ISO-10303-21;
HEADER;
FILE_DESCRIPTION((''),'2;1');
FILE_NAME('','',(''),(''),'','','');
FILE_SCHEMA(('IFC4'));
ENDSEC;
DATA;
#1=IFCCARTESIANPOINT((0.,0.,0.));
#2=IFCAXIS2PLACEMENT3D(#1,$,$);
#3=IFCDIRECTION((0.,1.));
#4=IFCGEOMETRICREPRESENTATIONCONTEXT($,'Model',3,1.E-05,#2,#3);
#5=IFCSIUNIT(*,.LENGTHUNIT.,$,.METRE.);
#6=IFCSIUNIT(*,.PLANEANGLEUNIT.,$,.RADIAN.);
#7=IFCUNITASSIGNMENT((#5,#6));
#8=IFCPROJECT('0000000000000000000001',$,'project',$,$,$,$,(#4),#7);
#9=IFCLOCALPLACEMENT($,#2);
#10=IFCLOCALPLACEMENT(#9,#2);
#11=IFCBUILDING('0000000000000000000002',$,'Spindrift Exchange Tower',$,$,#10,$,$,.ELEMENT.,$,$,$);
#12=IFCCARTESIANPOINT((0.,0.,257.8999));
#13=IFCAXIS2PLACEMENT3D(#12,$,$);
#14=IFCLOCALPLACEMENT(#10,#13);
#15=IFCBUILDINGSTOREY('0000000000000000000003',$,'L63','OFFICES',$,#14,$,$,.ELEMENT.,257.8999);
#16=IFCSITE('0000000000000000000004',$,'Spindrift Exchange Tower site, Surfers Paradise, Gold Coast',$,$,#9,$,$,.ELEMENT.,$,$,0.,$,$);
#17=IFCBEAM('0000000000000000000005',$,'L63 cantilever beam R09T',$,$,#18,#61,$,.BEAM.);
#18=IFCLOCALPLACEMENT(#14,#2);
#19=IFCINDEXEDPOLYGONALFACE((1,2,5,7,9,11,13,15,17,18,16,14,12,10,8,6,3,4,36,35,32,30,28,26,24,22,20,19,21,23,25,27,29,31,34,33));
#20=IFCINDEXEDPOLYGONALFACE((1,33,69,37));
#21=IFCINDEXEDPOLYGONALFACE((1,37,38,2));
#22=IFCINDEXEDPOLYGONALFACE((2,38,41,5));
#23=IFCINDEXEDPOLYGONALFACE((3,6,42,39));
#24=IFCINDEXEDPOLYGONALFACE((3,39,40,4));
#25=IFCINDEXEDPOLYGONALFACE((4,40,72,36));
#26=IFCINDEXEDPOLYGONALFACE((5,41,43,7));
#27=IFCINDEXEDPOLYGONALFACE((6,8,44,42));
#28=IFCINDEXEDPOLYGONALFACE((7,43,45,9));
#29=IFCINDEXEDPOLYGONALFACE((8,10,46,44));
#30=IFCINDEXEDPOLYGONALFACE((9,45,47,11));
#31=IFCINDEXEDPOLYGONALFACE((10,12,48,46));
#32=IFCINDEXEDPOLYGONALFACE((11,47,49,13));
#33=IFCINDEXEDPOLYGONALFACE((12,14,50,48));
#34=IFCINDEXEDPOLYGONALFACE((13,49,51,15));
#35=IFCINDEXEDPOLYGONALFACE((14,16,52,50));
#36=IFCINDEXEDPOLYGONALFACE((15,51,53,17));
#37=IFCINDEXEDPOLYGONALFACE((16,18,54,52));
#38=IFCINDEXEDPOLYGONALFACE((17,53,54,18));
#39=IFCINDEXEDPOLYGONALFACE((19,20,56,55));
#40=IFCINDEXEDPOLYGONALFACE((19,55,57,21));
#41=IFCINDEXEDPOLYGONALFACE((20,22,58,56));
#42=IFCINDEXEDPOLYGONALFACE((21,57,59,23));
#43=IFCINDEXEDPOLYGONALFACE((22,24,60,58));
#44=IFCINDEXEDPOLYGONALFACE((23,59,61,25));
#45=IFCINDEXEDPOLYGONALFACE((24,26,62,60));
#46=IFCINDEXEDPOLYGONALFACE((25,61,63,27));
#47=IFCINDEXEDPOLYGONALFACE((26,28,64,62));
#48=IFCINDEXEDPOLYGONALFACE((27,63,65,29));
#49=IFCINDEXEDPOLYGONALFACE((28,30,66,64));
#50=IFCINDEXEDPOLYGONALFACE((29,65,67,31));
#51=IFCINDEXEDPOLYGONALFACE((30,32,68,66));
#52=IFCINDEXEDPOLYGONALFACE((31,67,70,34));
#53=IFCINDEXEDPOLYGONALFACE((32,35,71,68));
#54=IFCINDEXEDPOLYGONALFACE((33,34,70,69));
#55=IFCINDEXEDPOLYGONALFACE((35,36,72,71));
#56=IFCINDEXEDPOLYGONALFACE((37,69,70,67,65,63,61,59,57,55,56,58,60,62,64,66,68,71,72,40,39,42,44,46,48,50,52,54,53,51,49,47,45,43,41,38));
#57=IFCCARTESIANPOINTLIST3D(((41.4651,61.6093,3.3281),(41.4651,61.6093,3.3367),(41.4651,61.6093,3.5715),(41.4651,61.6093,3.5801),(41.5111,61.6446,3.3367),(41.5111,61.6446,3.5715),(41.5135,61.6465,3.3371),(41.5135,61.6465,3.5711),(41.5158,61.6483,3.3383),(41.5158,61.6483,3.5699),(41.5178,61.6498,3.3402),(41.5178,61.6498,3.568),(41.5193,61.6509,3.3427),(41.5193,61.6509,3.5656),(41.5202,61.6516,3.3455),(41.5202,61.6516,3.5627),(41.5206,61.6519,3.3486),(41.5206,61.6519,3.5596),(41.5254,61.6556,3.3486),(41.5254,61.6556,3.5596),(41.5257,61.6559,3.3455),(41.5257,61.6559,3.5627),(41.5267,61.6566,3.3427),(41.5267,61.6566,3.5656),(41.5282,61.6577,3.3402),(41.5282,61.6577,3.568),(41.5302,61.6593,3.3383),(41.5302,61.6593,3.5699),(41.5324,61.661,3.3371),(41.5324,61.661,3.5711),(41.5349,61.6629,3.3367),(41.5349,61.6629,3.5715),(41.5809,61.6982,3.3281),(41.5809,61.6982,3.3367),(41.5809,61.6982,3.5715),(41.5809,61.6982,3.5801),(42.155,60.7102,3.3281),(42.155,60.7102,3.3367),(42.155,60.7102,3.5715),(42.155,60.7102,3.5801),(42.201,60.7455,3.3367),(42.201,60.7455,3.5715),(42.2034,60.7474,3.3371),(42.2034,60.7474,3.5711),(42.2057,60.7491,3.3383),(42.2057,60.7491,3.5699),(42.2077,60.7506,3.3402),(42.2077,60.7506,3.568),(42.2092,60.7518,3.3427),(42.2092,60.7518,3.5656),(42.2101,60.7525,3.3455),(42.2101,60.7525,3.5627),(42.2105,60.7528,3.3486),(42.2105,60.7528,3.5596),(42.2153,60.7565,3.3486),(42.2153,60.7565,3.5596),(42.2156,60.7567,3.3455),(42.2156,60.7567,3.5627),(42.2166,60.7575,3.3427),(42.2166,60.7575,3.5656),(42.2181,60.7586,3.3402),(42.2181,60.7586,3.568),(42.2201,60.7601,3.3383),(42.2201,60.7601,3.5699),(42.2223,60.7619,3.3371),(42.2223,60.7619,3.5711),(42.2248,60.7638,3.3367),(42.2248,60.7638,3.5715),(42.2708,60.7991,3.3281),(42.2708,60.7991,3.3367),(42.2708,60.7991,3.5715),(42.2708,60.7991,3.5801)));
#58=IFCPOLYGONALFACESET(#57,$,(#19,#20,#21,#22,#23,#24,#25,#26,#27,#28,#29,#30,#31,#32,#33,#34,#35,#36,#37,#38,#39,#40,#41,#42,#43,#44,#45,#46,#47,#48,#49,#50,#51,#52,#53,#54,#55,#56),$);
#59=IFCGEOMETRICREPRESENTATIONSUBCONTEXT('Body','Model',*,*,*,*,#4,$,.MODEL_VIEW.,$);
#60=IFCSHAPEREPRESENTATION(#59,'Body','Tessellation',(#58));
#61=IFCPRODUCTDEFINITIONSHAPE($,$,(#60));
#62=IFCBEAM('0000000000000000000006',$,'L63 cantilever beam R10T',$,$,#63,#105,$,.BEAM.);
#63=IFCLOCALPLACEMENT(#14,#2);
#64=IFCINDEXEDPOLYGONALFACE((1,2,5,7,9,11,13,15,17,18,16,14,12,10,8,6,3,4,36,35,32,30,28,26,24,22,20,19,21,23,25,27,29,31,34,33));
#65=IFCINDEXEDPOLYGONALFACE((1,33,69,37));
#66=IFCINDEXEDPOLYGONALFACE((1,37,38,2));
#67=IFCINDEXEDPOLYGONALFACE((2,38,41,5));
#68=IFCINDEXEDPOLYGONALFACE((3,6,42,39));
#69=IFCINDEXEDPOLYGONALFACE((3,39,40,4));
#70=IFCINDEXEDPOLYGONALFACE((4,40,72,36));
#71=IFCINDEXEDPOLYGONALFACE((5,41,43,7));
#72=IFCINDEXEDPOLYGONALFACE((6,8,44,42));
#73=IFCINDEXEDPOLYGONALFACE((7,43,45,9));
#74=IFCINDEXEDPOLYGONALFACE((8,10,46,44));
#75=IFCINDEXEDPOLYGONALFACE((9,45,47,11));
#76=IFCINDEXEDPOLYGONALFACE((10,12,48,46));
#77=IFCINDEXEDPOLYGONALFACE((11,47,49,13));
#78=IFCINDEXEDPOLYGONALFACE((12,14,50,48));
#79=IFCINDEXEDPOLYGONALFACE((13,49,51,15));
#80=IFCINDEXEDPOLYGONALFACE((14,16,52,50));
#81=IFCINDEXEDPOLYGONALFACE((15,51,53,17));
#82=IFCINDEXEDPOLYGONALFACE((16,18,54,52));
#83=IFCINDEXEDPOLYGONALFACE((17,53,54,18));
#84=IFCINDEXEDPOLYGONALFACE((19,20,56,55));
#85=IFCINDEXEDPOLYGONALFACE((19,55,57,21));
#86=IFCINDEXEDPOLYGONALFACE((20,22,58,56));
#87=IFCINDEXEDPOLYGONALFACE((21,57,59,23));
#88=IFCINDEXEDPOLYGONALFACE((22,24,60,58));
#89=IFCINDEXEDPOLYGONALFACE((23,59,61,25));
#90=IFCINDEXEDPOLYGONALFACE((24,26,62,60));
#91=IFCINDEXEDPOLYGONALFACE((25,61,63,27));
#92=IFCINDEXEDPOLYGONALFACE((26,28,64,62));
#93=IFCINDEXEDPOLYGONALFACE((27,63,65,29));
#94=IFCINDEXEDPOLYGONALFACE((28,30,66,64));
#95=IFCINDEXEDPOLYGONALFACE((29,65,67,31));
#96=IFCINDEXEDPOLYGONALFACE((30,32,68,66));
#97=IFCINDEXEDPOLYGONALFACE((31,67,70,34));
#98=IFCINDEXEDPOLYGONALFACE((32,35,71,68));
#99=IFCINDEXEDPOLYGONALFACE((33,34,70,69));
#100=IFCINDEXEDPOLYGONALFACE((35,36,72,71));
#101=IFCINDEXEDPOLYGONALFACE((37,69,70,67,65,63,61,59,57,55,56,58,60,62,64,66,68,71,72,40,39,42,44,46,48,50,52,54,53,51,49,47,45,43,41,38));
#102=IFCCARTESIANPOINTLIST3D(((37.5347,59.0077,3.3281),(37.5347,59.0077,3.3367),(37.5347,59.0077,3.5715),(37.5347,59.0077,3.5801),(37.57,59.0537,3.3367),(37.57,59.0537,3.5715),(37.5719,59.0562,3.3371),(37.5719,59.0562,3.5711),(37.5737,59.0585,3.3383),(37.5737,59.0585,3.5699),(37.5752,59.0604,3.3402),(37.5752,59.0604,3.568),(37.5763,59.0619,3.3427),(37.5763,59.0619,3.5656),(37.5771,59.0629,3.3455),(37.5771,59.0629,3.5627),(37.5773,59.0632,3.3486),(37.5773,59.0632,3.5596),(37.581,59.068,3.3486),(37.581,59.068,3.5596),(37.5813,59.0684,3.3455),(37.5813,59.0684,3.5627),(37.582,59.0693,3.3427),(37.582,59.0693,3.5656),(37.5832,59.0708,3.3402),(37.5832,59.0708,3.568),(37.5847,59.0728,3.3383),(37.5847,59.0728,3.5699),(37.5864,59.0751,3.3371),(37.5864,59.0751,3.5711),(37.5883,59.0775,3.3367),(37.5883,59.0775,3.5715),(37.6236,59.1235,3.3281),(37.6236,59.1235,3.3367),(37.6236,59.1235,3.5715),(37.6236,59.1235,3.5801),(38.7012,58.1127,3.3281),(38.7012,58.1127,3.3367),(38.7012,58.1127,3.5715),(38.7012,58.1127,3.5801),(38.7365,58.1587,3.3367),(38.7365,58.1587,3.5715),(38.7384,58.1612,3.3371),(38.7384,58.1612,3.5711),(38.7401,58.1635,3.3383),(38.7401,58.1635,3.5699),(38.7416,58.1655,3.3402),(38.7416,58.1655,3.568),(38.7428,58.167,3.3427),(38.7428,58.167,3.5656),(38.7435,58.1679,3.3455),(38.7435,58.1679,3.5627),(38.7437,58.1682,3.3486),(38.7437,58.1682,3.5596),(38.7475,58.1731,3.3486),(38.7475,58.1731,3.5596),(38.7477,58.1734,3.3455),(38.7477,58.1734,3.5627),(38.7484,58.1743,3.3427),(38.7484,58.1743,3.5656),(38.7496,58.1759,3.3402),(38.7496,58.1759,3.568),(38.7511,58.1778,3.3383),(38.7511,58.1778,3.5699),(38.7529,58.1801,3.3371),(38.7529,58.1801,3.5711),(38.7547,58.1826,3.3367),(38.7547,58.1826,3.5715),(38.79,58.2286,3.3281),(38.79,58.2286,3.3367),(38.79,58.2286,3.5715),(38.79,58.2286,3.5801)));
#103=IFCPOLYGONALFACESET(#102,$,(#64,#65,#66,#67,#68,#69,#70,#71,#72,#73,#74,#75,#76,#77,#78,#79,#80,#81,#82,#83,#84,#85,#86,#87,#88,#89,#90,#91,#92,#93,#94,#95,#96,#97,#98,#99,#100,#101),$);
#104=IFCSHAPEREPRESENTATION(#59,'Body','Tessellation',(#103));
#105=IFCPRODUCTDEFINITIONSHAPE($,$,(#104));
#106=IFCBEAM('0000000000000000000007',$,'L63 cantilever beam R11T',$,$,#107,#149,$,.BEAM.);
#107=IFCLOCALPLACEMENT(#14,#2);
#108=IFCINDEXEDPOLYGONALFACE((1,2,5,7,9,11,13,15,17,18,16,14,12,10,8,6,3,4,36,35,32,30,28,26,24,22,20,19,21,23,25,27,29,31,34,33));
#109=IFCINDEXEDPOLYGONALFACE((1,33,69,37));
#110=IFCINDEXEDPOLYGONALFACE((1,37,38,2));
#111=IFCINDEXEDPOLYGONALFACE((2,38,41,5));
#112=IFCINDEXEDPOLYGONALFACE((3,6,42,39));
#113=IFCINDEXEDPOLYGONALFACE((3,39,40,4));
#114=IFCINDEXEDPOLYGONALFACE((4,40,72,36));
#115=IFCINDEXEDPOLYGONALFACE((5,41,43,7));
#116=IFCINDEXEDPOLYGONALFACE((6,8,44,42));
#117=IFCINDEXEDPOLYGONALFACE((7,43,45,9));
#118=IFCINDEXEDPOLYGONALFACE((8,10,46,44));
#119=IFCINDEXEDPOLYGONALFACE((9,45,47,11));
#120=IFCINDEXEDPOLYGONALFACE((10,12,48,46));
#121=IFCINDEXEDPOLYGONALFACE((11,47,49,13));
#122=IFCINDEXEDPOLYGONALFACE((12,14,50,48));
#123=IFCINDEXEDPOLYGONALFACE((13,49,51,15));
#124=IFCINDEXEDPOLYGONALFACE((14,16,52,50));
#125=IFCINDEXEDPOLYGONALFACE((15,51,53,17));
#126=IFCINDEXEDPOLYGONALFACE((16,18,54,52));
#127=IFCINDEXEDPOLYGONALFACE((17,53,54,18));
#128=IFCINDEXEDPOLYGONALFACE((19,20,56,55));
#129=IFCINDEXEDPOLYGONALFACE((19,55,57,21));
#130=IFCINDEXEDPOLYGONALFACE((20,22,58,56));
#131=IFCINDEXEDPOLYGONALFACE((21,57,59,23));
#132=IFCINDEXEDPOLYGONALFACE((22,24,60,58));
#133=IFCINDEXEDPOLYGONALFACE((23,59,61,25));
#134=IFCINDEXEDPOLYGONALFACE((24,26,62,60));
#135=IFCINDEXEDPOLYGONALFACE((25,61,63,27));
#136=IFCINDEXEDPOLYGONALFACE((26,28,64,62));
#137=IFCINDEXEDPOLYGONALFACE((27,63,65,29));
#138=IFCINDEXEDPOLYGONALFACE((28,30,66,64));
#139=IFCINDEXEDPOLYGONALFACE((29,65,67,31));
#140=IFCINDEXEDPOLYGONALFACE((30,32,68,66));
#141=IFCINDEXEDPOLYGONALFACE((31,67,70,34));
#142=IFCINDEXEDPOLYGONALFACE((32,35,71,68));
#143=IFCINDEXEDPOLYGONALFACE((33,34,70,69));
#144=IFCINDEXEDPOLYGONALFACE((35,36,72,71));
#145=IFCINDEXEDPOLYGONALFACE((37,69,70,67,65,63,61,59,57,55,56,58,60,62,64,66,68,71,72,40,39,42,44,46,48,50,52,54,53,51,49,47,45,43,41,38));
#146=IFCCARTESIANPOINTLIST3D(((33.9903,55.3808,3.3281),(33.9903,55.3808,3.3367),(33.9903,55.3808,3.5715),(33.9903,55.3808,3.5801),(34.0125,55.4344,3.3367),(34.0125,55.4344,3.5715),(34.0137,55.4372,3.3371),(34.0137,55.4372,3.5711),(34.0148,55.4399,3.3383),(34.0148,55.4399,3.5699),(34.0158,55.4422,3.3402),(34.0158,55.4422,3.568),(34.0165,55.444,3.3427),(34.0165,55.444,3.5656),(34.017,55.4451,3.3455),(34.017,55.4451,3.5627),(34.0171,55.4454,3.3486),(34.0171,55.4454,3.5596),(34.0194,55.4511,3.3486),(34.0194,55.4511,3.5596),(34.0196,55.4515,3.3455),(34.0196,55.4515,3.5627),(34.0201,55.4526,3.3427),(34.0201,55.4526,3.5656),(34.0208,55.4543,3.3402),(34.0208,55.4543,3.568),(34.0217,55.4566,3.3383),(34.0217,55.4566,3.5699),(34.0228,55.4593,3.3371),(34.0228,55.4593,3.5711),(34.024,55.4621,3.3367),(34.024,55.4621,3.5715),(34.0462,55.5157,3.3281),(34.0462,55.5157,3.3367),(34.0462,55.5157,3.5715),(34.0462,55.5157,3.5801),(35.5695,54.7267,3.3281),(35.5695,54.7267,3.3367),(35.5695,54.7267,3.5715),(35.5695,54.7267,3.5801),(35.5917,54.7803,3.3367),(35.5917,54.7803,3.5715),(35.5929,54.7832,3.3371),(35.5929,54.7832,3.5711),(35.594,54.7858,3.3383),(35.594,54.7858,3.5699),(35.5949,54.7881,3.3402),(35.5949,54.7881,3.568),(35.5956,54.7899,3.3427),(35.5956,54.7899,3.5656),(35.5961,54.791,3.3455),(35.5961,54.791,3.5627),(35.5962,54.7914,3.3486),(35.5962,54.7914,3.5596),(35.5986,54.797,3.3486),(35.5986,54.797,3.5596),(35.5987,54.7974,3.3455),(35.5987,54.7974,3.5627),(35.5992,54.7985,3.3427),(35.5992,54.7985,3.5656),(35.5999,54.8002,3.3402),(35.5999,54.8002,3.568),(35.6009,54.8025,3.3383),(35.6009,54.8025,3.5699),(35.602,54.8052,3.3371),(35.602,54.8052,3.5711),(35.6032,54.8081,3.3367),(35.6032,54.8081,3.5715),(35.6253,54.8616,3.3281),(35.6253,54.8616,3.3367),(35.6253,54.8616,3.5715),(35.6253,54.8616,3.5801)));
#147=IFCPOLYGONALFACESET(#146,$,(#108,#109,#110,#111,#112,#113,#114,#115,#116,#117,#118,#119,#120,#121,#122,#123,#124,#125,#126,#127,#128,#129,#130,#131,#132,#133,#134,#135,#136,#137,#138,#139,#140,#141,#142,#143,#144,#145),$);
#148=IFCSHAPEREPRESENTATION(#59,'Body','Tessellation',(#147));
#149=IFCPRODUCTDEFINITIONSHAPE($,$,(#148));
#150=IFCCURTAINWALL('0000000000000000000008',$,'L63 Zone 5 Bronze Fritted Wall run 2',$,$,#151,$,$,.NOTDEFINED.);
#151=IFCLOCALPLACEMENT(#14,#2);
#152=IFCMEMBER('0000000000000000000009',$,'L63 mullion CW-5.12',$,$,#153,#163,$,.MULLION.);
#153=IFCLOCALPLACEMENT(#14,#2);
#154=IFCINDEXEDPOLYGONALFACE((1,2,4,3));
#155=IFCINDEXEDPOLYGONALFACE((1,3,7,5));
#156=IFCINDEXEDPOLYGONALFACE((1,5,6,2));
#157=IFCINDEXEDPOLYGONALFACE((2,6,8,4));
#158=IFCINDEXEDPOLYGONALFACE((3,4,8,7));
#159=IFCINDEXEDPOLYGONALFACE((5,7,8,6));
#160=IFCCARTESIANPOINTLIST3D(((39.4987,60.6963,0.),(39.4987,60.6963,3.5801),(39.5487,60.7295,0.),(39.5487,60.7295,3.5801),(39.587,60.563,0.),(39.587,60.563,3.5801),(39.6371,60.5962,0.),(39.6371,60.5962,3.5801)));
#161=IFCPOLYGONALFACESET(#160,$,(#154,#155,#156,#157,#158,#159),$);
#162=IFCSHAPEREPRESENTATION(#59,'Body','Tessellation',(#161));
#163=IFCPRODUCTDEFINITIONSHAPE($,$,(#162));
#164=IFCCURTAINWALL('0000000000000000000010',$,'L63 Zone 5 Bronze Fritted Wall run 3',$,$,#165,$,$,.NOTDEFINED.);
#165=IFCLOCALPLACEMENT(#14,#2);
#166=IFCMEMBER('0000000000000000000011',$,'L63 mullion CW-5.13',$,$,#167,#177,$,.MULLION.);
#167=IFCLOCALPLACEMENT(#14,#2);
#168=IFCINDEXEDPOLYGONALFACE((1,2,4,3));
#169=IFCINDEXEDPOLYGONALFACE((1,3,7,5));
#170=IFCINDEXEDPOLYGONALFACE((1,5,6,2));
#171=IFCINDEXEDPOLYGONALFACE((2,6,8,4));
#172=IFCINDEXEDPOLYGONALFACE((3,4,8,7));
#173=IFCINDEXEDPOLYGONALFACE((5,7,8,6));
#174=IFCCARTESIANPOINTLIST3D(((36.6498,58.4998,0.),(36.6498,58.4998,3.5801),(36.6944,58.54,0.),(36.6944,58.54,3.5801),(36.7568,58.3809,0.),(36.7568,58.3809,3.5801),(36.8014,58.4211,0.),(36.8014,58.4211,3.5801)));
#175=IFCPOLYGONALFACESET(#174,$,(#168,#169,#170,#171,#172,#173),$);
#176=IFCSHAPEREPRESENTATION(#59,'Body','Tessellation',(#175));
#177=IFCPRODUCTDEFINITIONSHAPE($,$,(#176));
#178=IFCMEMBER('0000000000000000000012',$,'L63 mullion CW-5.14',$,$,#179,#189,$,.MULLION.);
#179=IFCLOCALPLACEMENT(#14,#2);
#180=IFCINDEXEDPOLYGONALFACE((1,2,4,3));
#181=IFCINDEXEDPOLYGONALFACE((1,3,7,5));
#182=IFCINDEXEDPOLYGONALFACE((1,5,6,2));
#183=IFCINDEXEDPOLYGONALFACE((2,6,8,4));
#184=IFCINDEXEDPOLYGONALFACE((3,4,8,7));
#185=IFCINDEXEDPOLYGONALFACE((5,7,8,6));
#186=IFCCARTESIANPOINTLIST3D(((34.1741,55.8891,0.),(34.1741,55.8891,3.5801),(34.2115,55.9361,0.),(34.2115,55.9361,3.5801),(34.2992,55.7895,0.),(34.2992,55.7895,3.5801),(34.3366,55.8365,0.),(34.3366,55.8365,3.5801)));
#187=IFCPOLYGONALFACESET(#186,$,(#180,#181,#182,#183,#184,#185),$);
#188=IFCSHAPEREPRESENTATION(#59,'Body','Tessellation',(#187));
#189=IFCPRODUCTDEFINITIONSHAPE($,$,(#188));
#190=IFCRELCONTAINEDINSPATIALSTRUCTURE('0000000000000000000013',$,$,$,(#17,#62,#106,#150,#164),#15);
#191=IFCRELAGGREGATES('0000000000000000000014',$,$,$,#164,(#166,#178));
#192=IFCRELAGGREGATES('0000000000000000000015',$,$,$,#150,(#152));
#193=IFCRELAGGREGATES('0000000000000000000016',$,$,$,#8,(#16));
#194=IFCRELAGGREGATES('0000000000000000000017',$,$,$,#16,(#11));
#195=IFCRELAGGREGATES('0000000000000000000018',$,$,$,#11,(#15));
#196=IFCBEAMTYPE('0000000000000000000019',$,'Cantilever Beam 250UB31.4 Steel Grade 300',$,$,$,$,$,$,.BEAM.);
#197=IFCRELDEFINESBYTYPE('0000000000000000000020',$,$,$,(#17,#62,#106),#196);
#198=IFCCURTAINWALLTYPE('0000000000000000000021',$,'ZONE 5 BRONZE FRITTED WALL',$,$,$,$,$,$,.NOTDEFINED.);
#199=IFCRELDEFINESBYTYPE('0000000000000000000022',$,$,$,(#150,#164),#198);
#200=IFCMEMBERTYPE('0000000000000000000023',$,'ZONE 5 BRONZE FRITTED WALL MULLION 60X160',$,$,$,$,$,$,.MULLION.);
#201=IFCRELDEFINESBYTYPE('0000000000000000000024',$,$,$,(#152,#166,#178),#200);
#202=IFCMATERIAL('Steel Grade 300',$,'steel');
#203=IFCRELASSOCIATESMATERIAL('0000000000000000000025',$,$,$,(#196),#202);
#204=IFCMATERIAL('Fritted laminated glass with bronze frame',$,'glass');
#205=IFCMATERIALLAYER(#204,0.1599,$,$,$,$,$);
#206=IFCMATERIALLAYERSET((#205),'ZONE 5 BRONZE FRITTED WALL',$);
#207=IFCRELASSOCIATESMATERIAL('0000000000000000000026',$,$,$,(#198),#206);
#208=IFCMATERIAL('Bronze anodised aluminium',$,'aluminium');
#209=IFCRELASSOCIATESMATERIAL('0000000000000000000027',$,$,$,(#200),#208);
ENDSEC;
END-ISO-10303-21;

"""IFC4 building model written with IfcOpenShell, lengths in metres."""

from ifc_helpers import new_model, si_unit, direction, frame, origin, origin_2d, place, context, subcontext, project, spatial, rectangle, i_section, extrude, source, transform, mapped, material, layer, layer_set, material_profile, profile_set, type_object, element, aggregate, save


model = new_model("IFC4")

# Units and contexts
model_context = context("Model", 3, precision=1e-05, world=origin(), true_north=direction((0.0, 1.0)))
body_context = subcontext(model_context, "Body", "Model", "MODEL_VIEW")
ifc_project = project(units=[si_unit("LENGTHUNIT", "METRE"), si_unit("PLANEANGLEUNIT", "RADIAN")], contexts=[model_context])

# Site, building, storey
site_placement = place(None, origin())
site = spatial("IfcSite", under=ifc_project, at=site_placement, Name="Spindrift Exchange Tower site, Surfers Paradise, Gold Coast", CompositionType="ELEMENT", RefElevation=0.0)
building_placement = place(site_placement, origin())
building = spatial("IfcBuilding", under=site, at=building_placement, Name="Spindrift Exchange Tower", CompositionType="ELEMENT")
storey_placement = place(building_placement, frame((0.0, 0.0, 257.8999)))
storey = spatial("IfcBuildingStorey", under=building, at=storey_placement, Name="L63", Description="OFFICES", CompositionType="ELEMENT", Elevation=257.8999)

# Beams
ifc_material_1 = material(Name="Steel Grade 300", Category="steel")
ifc_material_profile_1 = material_profile(ifc_material_1, i_section(OverallWidth=0.146, OverallDepth=0.252, WebThickness=0.0061, FlangeThickness=0.0085, FilletRadius=0.012, at=origin_2d()), Name="250UB31.4")
ifc_profile_set_1 = profile_set([ifc_material_profile_1], Name="Steel Grade 300")
beam_type_1 = type_object("IfcBeamType", Name="Cantilever Beam 250UB31.4 Steel Grade 300", PredefinedType="BEAM", material=ifc_profile_set_1)
shared_shape_1 = source(origin(), body_context, "Body", "SweptSolid", [
    extrude(i_section(OverallWidth=0.146, OverallDepth=0.252, WebThickness=0.0061, FlangeThickness=0.0085, FilletRadius=0.012, at=origin_2d()), origin(), (0.0, 0.0, 1.0), 1.1333),
])
beam_1_placement = place(storey_placement, frame((42.2129, 60.7546, 3.4541), z_axis=(-0.608753, 0.79336, 0.0), x_axis=(-0.79336, -0.608753, 0.0)))
element("IfcBeam", 1, at=beam_1_placement, inside=storey, type_object=beam_type_1, Name="L63 cantilever beam R09T", PredefinedType="BEAM", context=body_context, shape_type="MappedRepresentation", body=[
    mapped(shared_shape_1, transform((0.0, 0.0, 0.0), scale=1.0)),
])
shared_shape_2 = source(origin(), body_context, "Body", "SweptSolid", [
    extrude(i_section(OverallWidth=0.146, OverallDepth=0.252, WebThickness=0.0061, FlangeThickness=0.0085, FilletRadius=0.012, at=origin_2d()), origin(), (0.0, 0.0, 1.0), 1.4702),
])
beam_2_placement = place(storey_placement, frame((38.7456, 58.1707, 3.4541), z_axis=(-0.793376, 0.608731, 0.0), x_axis=(-0.608731, -0.793376, 0.0)))
element("IfcBeam", 2, at=beam_2_placement, inside=storey, type_object=beam_type_1, Name="L63 cantilever beam R10T", PredefinedType="BEAM", context=body_context, shape_type="MappedRepresentation", body=[
    mapped(shared_shape_2, transform((0.0, 0.0, 0.0), scale=1.0)),
])
shared_shape_3 = source(origin(), body_context, "Body", "SweptSolid", [
    extrude(i_section(OverallWidth=0.146, OverallDepth=0.252, WebThickness=0.0061, FlangeThickness=0.0085, FilletRadius=0.012, at=origin_2d()), origin(), (0.0, 0.0, 1.0), 1.7092),
])
beam_3_placement = place(storey_placement, frame((35.5974, 54.7942, 3.4541), z_axis=(-0.923886, 0.382667, 0.0), x_axis=(-0.382667, -0.923886, 0.0)))
element("IfcBeam", 3, at=beam_3_placement, inside=storey, type_object=beam_type_1, Name="L63 cantilever beam R11T", PredefinedType="BEAM", context=body_context, shape_type="MappedRepresentation", body=[
    mapped(shared_shape_3, transform((0.0, 0.0, 0.0), scale=1.0)),
])

# Curtain wall, member
ifc_material_2 = material(Name="Fritted laminated glass with bronze frame", Category="glass")
ifc_layer_1 = layer(ifc_material_2, 0.1599)
ifc_layer_set_1 = layer_set([ifc_layer_1], Name="ZONE 5 BRONZE FRITTED WALL")
curtain_wall_type = type_object("IfcCurtainWallType", Name="ZONE 5 BRONZE FRITTED WALL", PredefinedType="NOTDEFINED", material=ifc_layer_set_1)
curtain_wall_1_placement = place(storey_placement, origin())
curtain_wall_1 = element("IfcCurtainWall", 4, at=curtain_wall_1_placement, inside=storey, type_object=curtain_wall_type, Name="L63 Zone 5 Bronze Fritted Wall run 2", PredefinedType="NOTDEFINED")
ifc_material_3 = material(Name="Bronze anodised aluminium", Category="aluminium")
ifc_material_profile_2 = material_profile(ifc_material_3, rectangle(XDim=0.0601, YDim=0.1599, at=origin_2d()), Name="ZONE 5 BRONZE FRITTED WALL MULLION 60X160")
ifc_profile_set_2 = profile_set([ifc_material_profile_2], Name="Bronze anodised aluminium")
member_type_1 = type_object("IfcMemberType", Name="ZONE 5 BRONZE FRITTED WALL MULLION 60X160", PredefinedType="MULLION", material=ifc_profile_set_2)
shared_shape_4 = source(origin(), body_context, "Body", "SweptSolid", [
    extrude(rectangle(XDim=0.0601, YDim=0.1599, at=origin_2d()), origin(), (0.0, 0.0, 1.0), 3.5801),
])
member_1_placement = place(storey_placement, frame((39.5679, 60.6462, 0.0), z_axis=(0.0, 0.0, 1.0), x_axis=(-0.83352, -0.55249, 0.0)))
member_1 = element("IfcMember", 5, at=member_1_placement, type_object=member_type_1, Name="L63 mullion CW-5.12", PredefinedType="MULLION", context=body_context, shape_type="MappedRepresentation", body=[
    mapped(shared_shape_4, transform((0.0, 0.0, 0.0), scale=1.0)),
])

# Curtain wall, members
curtain_wall_2_placement = place(storey_placement, origin())
curtain_wall_2 = element("IfcCurtainWall", 6, at=curtain_wall_2_placement, inside=storey, type_object=curtain_wall_type, Name="L63 Zone 5 Bronze Fritted Wall run 3", PredefinedType="NOTDEFINED")
member_2_placement = place(storey_placement, frame((36.7256, 58.4604, 0.0), z_axis=(0.0, 0.0, 1.0), x_axis=(-0.743132, -0.669145, 0.0)))
member_2 = element("IfcMember", 7, at=member_2_placement, type_object=member_type_1, Name="L63 mullion CW-5.13", PredefinedType="MULLION", context=body_context, shape_type="MappedRepresentation", body=[
    mapped(shared_shape_4, transform((0.0, 0.0, 0.0), scale=1.0)),
])
member_3_placement = place(storey_placement, frame((34.2554, 55.8628, 0.0), z_axis=(0.0, 0.0, 1.0), x_axis=(-0.622769, -0.782406, 0.0)))
member_3 = element("IfcMember", 8, at=member_3_placement, type_object=member_type_1, Name="L63 mullion CW-5.14", PredefinedType="MULLION", context=body_context, shape_type="MappedRepresentation", body=[
    mapped(shared_shape_4, transform((0.0, 0.0, 0.0), scale=1.0)),
])

aggregate(curtain_wall_2, [member_2, member_3])
aggregate(curtain_wall_1, [member_1])

save(model, "model.ifc")
